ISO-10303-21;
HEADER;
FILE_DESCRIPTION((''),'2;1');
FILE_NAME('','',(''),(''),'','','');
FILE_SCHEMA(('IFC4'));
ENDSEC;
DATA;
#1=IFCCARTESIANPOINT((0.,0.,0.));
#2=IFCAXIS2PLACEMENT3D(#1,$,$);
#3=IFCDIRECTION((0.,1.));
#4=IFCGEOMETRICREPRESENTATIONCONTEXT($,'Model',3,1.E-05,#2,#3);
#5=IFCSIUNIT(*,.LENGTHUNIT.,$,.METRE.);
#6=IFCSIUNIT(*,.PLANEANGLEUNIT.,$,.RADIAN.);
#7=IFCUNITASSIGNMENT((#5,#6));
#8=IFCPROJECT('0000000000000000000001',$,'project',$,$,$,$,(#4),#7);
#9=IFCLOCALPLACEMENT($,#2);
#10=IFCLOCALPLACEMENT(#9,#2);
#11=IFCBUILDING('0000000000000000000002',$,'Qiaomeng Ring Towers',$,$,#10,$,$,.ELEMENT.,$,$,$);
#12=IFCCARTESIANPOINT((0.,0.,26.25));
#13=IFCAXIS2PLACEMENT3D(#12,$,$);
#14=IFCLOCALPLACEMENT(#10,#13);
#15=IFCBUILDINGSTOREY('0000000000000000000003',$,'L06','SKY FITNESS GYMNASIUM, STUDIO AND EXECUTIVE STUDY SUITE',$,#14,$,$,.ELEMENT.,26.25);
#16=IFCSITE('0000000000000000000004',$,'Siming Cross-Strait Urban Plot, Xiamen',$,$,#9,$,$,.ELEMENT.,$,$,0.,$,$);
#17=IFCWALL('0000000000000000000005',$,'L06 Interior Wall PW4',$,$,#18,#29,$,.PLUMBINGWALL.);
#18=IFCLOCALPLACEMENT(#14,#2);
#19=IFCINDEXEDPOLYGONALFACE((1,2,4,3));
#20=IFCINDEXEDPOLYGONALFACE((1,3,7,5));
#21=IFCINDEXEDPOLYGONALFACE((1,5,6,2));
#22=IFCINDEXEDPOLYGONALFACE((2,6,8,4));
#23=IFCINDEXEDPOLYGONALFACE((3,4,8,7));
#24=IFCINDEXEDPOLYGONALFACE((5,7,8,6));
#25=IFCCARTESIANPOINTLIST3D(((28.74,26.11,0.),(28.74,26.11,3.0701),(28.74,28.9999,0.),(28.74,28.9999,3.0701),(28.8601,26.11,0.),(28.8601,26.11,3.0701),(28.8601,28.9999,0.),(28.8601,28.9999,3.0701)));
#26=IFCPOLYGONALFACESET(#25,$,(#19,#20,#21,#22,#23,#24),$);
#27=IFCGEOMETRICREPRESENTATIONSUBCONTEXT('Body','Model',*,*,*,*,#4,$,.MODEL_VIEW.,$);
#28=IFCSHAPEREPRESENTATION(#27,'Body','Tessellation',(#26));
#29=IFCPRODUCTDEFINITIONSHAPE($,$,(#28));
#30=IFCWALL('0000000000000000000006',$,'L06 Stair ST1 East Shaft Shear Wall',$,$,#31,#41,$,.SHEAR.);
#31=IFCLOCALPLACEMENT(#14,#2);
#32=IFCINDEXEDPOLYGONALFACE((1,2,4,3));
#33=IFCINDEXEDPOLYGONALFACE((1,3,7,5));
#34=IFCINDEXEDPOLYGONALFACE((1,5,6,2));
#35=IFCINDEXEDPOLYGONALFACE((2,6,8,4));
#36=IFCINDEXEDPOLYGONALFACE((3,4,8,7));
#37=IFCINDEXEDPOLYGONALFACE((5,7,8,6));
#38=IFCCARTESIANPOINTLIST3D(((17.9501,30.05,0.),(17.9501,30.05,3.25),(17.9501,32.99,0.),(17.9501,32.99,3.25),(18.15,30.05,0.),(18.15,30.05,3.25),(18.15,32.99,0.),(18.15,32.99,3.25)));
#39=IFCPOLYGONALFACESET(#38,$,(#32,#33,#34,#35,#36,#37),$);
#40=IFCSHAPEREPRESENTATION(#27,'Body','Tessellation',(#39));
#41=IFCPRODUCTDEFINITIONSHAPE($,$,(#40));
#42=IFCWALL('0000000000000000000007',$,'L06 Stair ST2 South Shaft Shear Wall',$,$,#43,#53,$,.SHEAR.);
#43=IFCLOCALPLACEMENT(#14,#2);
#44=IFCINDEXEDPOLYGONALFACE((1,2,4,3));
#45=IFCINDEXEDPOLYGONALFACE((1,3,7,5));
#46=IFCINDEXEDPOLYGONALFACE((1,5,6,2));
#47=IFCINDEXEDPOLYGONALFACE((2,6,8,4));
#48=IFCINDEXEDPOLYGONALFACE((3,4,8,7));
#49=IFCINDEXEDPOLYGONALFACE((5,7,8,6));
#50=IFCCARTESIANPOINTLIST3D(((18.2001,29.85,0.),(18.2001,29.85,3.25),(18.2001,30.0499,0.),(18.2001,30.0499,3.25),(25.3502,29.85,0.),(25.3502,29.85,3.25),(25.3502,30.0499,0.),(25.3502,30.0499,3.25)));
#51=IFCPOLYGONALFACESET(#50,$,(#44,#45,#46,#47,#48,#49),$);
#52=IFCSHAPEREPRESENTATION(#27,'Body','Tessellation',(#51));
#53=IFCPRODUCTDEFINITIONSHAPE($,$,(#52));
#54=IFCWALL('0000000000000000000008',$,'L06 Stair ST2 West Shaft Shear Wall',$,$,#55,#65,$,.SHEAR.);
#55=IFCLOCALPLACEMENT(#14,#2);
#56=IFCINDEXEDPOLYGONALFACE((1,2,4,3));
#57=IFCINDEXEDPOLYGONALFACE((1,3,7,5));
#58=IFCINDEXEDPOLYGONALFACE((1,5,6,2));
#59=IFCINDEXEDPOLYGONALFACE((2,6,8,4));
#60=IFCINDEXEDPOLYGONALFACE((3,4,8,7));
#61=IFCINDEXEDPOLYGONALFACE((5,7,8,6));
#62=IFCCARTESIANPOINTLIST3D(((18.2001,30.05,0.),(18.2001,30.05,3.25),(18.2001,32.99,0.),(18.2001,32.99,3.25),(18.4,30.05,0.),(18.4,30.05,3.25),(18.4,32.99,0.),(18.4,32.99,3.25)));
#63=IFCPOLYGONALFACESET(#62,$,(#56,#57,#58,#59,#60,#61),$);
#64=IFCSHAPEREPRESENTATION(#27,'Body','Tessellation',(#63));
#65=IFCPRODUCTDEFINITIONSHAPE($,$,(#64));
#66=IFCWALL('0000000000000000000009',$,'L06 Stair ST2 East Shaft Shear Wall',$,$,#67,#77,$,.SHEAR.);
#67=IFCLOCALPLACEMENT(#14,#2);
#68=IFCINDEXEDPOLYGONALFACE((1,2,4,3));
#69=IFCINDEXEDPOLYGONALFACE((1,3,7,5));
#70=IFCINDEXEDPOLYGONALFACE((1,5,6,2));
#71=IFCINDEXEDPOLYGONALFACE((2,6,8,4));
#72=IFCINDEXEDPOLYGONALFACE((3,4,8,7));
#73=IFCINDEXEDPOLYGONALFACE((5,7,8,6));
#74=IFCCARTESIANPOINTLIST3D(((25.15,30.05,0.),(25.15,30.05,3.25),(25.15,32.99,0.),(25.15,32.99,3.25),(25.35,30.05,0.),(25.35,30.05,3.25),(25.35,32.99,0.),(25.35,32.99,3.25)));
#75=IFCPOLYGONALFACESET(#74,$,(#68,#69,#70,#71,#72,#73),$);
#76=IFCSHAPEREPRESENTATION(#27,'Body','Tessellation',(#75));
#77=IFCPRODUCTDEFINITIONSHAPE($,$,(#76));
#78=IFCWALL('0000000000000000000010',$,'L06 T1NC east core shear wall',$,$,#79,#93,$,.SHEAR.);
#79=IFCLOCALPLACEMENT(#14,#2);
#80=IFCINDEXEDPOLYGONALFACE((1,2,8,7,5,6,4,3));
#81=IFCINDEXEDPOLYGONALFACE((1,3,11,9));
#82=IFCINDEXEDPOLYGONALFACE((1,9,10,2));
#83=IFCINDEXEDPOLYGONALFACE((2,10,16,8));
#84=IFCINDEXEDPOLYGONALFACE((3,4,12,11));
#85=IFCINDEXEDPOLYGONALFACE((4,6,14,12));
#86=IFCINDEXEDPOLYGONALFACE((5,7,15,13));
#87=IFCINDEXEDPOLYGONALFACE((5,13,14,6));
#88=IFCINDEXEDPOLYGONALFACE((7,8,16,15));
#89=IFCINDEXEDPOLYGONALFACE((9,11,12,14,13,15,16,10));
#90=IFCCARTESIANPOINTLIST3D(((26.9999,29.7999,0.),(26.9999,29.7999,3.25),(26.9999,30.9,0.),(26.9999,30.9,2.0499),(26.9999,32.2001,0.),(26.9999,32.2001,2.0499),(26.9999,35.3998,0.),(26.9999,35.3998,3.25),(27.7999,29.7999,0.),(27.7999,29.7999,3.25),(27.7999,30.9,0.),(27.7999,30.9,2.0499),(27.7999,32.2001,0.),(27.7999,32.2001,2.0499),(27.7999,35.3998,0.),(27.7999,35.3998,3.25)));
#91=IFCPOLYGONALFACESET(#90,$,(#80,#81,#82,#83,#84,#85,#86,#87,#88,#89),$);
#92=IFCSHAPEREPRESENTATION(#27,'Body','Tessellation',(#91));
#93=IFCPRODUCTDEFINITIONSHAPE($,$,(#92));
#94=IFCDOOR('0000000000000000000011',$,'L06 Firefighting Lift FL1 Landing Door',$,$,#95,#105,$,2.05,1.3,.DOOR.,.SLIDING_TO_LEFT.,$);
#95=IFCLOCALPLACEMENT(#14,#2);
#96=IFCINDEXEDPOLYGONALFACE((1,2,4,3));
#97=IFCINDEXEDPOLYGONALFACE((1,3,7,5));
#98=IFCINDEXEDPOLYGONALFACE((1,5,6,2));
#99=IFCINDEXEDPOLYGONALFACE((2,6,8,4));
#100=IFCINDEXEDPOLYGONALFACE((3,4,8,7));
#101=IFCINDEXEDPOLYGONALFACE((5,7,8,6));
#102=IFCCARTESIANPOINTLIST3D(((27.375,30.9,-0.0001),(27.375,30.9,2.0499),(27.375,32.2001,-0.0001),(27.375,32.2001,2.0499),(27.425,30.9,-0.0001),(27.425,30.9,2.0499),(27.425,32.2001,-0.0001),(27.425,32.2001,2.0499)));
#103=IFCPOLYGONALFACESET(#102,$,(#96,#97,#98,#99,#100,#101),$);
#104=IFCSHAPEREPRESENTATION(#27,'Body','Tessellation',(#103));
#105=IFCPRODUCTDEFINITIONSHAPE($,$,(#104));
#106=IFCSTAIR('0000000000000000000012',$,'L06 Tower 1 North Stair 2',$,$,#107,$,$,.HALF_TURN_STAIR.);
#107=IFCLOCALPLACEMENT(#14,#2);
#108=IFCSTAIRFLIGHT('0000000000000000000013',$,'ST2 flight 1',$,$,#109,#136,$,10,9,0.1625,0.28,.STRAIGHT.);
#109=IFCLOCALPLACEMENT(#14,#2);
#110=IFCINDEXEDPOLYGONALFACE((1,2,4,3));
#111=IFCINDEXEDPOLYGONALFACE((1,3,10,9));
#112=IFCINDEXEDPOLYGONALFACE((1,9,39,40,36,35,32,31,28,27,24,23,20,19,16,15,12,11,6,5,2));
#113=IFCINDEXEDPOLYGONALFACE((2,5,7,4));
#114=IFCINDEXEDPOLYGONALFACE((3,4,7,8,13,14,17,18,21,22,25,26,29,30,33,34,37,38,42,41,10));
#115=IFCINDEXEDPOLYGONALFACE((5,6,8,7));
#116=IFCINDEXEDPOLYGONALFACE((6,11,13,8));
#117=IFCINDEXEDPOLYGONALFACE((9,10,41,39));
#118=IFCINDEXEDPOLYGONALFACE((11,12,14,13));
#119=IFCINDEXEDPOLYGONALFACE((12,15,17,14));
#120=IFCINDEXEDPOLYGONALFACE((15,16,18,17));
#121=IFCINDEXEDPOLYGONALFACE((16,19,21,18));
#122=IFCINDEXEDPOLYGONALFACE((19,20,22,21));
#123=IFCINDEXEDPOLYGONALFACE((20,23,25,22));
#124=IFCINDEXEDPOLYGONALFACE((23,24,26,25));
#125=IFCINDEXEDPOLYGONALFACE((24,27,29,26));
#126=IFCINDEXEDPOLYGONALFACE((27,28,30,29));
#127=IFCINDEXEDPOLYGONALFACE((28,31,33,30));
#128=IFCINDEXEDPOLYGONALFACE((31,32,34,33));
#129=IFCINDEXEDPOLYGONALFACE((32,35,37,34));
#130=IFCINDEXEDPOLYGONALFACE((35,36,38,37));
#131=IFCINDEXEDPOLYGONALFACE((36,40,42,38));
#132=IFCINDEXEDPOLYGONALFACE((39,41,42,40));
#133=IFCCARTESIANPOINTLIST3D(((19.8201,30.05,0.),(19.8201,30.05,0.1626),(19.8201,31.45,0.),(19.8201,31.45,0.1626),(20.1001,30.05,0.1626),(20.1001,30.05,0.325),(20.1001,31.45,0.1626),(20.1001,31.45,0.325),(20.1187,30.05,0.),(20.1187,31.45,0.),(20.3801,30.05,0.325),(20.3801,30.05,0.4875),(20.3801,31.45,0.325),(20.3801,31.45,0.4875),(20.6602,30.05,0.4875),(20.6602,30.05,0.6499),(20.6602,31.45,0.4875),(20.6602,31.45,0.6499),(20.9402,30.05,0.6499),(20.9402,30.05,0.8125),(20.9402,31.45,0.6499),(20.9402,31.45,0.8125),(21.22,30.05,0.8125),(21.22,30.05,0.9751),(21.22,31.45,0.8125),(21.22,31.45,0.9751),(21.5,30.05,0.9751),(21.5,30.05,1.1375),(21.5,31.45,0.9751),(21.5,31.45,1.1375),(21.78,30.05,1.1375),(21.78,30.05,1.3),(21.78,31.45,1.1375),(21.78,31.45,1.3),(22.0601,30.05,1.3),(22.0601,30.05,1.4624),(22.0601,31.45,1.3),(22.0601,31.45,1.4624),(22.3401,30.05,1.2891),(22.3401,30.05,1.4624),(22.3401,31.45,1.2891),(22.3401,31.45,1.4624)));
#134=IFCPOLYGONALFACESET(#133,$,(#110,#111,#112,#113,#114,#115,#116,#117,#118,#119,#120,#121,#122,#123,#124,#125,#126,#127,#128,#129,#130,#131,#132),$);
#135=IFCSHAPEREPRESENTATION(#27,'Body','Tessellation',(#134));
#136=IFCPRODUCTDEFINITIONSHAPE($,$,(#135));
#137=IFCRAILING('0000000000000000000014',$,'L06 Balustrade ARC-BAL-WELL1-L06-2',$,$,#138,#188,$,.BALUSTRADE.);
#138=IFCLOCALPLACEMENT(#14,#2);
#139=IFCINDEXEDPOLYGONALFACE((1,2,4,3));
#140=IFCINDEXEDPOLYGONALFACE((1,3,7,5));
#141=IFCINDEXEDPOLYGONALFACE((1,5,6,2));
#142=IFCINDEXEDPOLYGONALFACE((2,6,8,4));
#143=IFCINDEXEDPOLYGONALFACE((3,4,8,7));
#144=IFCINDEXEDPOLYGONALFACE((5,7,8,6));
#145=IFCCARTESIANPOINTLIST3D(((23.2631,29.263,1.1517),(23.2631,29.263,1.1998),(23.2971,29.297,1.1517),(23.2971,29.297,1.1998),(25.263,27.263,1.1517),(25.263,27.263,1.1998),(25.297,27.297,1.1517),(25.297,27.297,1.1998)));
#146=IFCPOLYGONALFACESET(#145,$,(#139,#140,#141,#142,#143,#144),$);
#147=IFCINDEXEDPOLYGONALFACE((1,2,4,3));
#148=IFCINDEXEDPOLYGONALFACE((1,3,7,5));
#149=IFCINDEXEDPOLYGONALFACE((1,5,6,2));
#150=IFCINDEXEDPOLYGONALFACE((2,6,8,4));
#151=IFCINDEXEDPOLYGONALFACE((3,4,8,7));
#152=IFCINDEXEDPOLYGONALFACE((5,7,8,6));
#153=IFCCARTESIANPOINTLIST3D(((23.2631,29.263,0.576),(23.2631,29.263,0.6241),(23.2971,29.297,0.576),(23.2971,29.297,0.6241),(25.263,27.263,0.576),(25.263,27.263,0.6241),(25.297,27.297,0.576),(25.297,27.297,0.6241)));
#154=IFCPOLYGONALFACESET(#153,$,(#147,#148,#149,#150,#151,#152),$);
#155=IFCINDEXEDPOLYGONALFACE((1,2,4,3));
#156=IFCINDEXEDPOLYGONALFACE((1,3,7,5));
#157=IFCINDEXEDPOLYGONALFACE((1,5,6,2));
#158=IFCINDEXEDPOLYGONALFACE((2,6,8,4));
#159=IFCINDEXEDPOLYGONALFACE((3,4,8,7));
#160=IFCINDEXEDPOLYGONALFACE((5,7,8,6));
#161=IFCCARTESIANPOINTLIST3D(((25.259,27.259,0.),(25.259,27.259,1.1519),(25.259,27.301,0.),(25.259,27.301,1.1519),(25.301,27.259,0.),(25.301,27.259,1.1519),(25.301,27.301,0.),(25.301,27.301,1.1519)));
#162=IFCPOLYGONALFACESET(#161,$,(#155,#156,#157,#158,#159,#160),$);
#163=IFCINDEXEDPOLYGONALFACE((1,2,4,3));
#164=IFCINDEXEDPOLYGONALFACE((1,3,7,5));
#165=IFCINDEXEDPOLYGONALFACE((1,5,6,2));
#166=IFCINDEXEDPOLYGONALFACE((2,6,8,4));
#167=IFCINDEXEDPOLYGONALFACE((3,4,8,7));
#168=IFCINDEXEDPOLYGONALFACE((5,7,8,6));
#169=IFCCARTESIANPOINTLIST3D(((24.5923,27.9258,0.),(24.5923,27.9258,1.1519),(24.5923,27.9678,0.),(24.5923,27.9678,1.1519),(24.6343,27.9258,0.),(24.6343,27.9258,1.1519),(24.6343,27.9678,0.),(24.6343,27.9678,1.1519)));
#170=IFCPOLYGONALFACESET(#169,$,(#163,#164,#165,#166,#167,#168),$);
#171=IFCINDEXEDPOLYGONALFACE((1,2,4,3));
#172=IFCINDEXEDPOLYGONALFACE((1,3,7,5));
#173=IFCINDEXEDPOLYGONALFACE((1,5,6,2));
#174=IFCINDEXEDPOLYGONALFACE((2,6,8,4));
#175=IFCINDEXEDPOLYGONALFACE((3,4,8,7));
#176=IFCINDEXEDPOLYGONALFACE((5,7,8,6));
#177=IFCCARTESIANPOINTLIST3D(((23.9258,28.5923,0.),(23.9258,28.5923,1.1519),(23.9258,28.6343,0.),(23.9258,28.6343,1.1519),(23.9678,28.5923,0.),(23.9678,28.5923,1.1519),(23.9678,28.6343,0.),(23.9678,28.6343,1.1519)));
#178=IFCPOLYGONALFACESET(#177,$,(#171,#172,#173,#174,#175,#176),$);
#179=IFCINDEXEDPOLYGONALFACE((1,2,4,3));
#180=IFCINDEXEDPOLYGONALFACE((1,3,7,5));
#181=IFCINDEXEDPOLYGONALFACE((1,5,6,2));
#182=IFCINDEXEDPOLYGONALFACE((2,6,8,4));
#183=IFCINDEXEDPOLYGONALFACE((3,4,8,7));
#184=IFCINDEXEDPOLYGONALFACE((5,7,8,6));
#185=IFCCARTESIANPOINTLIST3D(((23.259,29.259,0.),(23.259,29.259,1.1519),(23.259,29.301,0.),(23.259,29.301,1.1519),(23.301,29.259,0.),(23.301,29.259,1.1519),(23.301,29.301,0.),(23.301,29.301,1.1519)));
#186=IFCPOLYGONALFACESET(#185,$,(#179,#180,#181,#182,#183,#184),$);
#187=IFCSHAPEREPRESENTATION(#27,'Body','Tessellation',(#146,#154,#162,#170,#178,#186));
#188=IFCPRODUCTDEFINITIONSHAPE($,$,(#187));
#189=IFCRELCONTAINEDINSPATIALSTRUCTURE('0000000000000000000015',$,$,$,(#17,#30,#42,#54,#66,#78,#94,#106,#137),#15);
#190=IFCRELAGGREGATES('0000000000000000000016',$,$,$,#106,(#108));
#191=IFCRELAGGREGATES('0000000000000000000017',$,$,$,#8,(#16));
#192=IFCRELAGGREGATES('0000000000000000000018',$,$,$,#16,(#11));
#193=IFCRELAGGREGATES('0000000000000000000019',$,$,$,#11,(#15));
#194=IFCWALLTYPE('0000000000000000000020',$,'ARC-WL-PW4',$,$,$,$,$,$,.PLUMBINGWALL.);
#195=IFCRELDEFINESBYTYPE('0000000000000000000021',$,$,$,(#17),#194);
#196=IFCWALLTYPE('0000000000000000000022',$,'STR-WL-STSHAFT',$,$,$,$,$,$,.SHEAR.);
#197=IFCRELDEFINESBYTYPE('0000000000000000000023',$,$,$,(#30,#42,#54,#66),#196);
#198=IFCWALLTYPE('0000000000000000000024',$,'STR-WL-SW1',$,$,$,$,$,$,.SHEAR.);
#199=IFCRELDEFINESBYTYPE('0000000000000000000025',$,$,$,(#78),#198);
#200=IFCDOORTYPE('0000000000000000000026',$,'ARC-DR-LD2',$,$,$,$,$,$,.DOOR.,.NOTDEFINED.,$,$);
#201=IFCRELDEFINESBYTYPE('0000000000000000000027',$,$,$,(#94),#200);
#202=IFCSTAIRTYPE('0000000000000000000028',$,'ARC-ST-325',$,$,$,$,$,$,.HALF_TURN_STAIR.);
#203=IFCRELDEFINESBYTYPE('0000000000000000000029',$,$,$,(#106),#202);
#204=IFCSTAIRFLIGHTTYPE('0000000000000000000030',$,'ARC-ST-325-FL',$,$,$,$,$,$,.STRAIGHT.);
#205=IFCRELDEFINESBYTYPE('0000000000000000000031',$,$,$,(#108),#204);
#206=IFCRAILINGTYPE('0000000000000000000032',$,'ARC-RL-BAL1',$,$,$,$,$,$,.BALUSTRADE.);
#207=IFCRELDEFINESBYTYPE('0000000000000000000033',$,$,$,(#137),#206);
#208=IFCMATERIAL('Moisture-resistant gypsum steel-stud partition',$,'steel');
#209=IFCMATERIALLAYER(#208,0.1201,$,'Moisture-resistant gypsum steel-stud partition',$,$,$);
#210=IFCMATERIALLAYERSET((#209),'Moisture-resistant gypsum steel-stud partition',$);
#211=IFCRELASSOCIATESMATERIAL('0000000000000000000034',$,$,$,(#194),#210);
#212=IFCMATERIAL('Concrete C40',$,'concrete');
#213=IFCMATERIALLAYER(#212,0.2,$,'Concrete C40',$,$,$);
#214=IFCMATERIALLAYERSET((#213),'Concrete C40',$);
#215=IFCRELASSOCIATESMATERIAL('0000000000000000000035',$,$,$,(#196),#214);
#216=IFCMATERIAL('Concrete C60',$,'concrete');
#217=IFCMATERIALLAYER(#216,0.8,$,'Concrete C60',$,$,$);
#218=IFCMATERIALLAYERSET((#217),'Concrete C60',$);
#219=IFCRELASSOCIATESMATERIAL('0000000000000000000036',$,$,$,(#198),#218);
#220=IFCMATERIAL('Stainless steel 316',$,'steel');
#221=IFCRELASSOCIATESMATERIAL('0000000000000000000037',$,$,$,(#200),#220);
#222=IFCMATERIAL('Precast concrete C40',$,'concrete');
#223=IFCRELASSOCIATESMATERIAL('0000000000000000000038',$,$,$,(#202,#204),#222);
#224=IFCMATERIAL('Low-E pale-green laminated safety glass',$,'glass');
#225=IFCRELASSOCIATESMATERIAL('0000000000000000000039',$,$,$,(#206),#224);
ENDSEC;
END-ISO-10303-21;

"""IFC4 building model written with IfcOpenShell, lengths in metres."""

from ifc_helpers import new_model, si_unit, direction, frame, frame_2d, origin, origin_2d, place, context, subcontext, project, spatial, polyline, rectangle, outline, extrude, source, transform, mapped, material, layer, layer_set, type_object, element, fill, aggregate, save


model = new_model("IFC4")

# Units and contexts
model_context = context("Model", 3, precision=1e-05, world=origin(), true_north=direction((0.0, 1.0)))
body_context = subcontext(model_context, "Body", "Model", "MODEL_VIEW")
ifc_project = project(units=[si_unit("LENGTHUNIT", "METRE"), si_unit("PLANEANGLEUNIT", "RADIAN")], contexts=[model_context])

# Site, building, storey
site_placement = place(None, origin())
site = spatial("IfcSite", under=ifc_project, at=site_placement, Name="Siming Cross-Strait Urban Plot, Xiamen", CompositionType="ELEMENT", RefElevation=0.0)
building_placement = place(site_placement, origin())
building = spatial("IfcBuilding", under=site, at=building_placement, Name="Qiaomeng Ring Towers", CompositionType="ELEMENT")
storey_placement = place(building_placement, frame((0.0, 0.0, 26.25)))
storey = spatial("IfcBuildingStorey", under=building, at=storey_placement, Name="L06", Description="SKY FITNESS GYMNASIUM, STUDIO AND EXECUTIVE STUDY SUITE", CompositionType="ELEMENT", Elevation=26.25)

# Shared definitions
ifc_material_1 = material(Name="Moisture-resistant gypsum steel-stud partition", Category="steel")
ifc_layer_1 = layer(ifc_material_1, 0.1201, Name="Moisture-resistant gypsum steel-stud partition")
ifc_layer_set_1 = layer_set([ifc_layer_1], Name="Moisture-resistant gypsum steel-stud partition")
wall_type_1 = type_object("IfcWallType", Name="ARC-WL-PW4", PredefinedType="PLUMBINGWALL", material=ifc_layer_set_1)

# Walls
wall_1_placement = place(storey_placement, frame((28.8, 26.1101, 0.0), z_axis=(0.0, 0.0, 1.0), x_axis=(0.0, 1.0, 0.0)))
element("IfcWall", 1, at=wall_1_placement, inside=storey, type_object=wall_type_1, Name="L06 Interior Wall PW4", PredefinedType="PLUMBINGWALL", context=body_context, shape_type="SweptSolid", body=[
    extrude(rectangle(XDim=2.8899, YDim=0.1201, at=frame_2d((1.4448, 0.0))), origin(), (0.0, 0.0, 1.0), 3.0701),
])
ifc_material_2 = material(Name="Concrete C40", Category="concrete")
ifc_layer_2 = layer(ifc_material_2, 0.2, Name="Concrete C40")
ifc_layer_set_2 = layer_set([ifc_layer_2], Name="Concrete C40")
wall_type_2 = type_object("IfcWallType", Name="STR-WL-STSHAFT", PredefinedType="SHEAR", material=ifc_layer_set_2)
wall_2_placement = place(storey_placement, frame((18.05, 30.05, 0.0), z_axis=(0.0, 0.0, 1.0), x_axis=(0.0, 1.0, 0.0)))
element("IfcWall", 2, at=wall_2_placement, inside=storey, type_object=wall_type_2, Name="L06 Stair ST1 East Shaft Shear Wall", PredefinedType="SHEAR", context=body_context, shape_type="SweptSolid", body=[
    extrude(rectangle(XDim=2.9399, YDim=0.2, at=frame_2d((1.47, 0.0))), origin(), (0.0, 0.0, 1.0), 3.25),
])
wall_3_placement = place(storey_placement, frame((18.2, 29.95, 0.0), z_axis=(0.0, 0.0, 1.0), x_axis=(1.0, 0.0, 0.0)))
element("IfcWall", 3, at=wall_3_placement, inside=storey, type_object=wall_type_2, Name="L06 Stair ST2 South Shaft Shear Wall", PredefinedType="SHEAR", context=body_context, shape_type="SweptSolid", body=[
    extrude(rectangle(XDim=7.1501, YDim=0.2, at=frame_2d((3.5752, 0.0))), origin(), (0.0, 0.0, 1.0), 3.25),
])
for number, where, z_axis, x_axis, name in (
    (4, (18.3, 30.05, 0.0), (0.0, 0.0, 1.0), (0.0, 1.0, 0.0), "L06 Stair ST2 West Shaft Shear Wall"),
    (5, (25.25, 30.05, 0.0), (0.0, 0.0, 1.0), (0.0, 1.0, 0.0), "L06 Stair ST2 East Shaft Shear Wall"),
):
    element("IfcWall", number, at=place(storey_placement, frame(where, z_axis=z_axis, x_axis=x_axis)), inside=storey, type_object=wall_type_2, Name=name, PredefinedType="SHEAR", context=body_context, shape_type="SweptSolid", body=[
        extrude(rectangle(XDim=2.9399, YDim=0.2, at=frame_2d((1.47, 0.0))), origin(), (0.0, 0.0, 1.0), 3.25),
    ])

# Wall, opening, door
ifc_material_3 = material(Name="Concrete C60", Category="concrete")
ifc_layer_3 = layer(ifc_material_3, 0.8, Name="Concrete C60")
ifc_layer_set_3 = layer_set([ifc_layer_3], Name="Concrete C60")
wall_type_3 = type_object("IfcWallType", Name="STR-WL-SW1", PredefinedType="SHEAR", material=ifc_layer_set_3)
wall_4_placement = place(storey_placement, frame((27.3999, 29.8, 0.0), z_axis=(0.0, 0.0, 1.0), x_axis=(0.0, 1.0, 0.0)))
wall_4 = element("IfcWall", 6, at=wall_4_placement, inside=storey, type_object=wall_type_3, Name="L06 T1NC east core shear wall", PredefinedType="SHEAR", context=body_context, shape_type="SweptSolid", body=[
    extrude(rectangle(XDim=5.5999, YDim=0.8, at=frame_2d((2.7998, 0.0))), origin(), (0.0, 0.0, 1.0), 3.25),
])
opening_1_placement = place(wall_4_placement, frame((1.1001, 0.0, 0.0)))
opening_1 = element("IfcOpeningElement", 7, at=opening_1_placement, cuts=wall_4, PredefinedType="OPENING", context=body_context, shape_type="SweptSolid", body=[
    extrude(rectangle(XDim=1.3, YDim=2.05, at=frame_2d((0.6499, 1.0249))), frame((0.0, 0.4099, 0.0), z_axis=(0.0, -1.0, 0.0), x_axis=(1.0, 0.0, 0.0)), (0.0, 0.0, 1.0), 0.8201),
])
ifc_material_4 = material(Name="Stainless steel 316", Category="steel")
door_type_1 = type_object("IfcDoorType", Name="ARC-DR-LD2", OperationType="NOTDEFINED", PredefinedType="DOOR", material=ifc_material_4)
shared_shape_1 = source(origin(), body_context, "Body", "SweptSolid", [
    extrude(rectangle(XDim=1.3, YDim=2.05, at=frame_2d((0.6499, 1.0249))), frame((0.0, 0.0249, 0.0), z_axis=(0.0, -1.0, 0.0), x_axis=(1.0, 0.0, 0.0)), (0.0, 0.0, 1.0), 0.05),
])
door_1_placement = place(opening_1_placement, origin())
door_1 = element("IfcDoor", 8, at=door_1_placement, inside=storey, type_object=door_type_1, Name="L06 Firefighting Lift FL1 Landing Door", OperationType="SLIDING_TO_LEFT", OverallHeight=2.05, OverallWidth=1.3, PredefinedType="DOOR", context=body_context, shape_type="MappedRepresentation", body=[
    mapped(shared_shape_1, transform((0.0, 0.0, 0.0), x_axis=(1.0, 0.0, 0.0), y_axis=(0.0, 1.0, 0.0), z_axis=(0.0, 0.0, 1.0), scale=1.0)),
])
fill(opening_1, door_1)

# Stair, stair flight
ifc_material_5 = material(Name="Precast concrete C40", Category="concrete")
stair_type = type_object("IfcStairType", Name="ARC-ST-325", PredefinedType="HALF_TURN_STAIR", material=ifc_material_5)
stair_placement = place(storey_placement, origin())
stair = element("IfcStair", 9, at=stair_placement, inside=storey, type_object=stair_type, Name="L06 Tower 1 North Stair 2", PredefinedType="HALF_TURN_STAIR")
stair_flight_type = type_object("IfcStairFlightType", Name="ARC-ST-325-FL", PredefinedType="STRAIGHT", material=ifc_material_5)
shared_shape_2 = source(origin(), body_context, "Body", "SweptSolid", [
    extrude(outline(polyline([(0.0, 0.0), (0.0, 0.1626), (0.28, 0.1626), (0.28, 0.325), (0.5601, 0.325), (0.5601, 0.4875), (0.8401, 0.4875), (0.8401, 0.6499), (1.1201, 0.6499), (1.1201, 0.8125), (1.3999, 0.8125), (1.3999, 0.9751), (1.6799, 0.9751), (1.6799, 1.1375), (1.96, 1.1375), (1.96, 1.3), (2.24, 1.3), (2.24, 1.4624), (2.52, 1.4624), (2.52, 1.625), (2.52, 1.2891), (0.2986, 0.0), (0.0, 0.0)])), frame((0.0, 0.7, 0.0), z_axis=(0.0, -1.0, 0.0), x_axis=(1.0, 0.0, 0.0)), (0.0, 0.0, 1.0), 1.3999),
])
stair_flight_placement = place(storey_placement, frame((19.8201, 30.75, 0.0), z_axis=(0.0, 0.0, 1.0), x_axis=(1.0, 0.0, 0.0)))
stair_flight = element("IfcStairFlight", 10, at=stair_flight_placement, type_object=stair_flight_type, Name="ST2 flight 1", NumberOfRisers=10, NumberOfTreads=9, PredefinedType="STRAIGHT", RiserHeight=0.1625, TreadLength=0.28, context=body_context, shape_type="MappedRepresentation", body=[
    mapped(shared_shape_2, transform((0.0, 0.0, 0.0), x_axis=(1.0, 0.0, 0.0), y_axis=(0.0, 1.0, 0.0), z_axis=(0.0, 0.0, 1.0), scale=1.0)),
])
aggregate(stair, [stair_flight])

# Railing
ifc_material_6 = material(Name="Low-E pale-green laminated safety glass", Category="glass")
railing_type_1 = type_object("IfcRailingType", Name="ARC-RL-BAL1", PredefinedType="BALUSTRADE", material=ifc_material_6)
railing_1_placement = place(storey_placement, frame((25.28, 27.28, 0.0)))
element("IfcRailing", 11, at=railing_1_placement, inside=storey, type_object=railing_type_1, Name="L06 Balustrade ARC-BAL-WELL1-L06-2", PredefinedType="BALUSTRADE", context=body_context, shape_type="SweptSolid", body=[
    extrude(rectangle(XDim=0.0481, YDim=0.0481, at=origin_2d()), frame((0.0, 0.0, 1.1758), z_axis=(-0.707107, 0.707107, 0.0), x_axis=(-0.707107, -0.707107, 0.0)), (0.0, 0.0, 1.0), 2.8284),
    extrude(rectangle(XDim=0.0481, YDim=0.0481, at=origin_2d()), frame((0.0, 0.0, 0.6001), z_axis=(-0.707107, 0.707107, 0.0), x_axis=(-0.707107, -0.707107, 0.0)), (0.0, 0.0, 1.0), 2.8284),
    extrude(rectangle(XDim=0.042, YDim=0.042, at=origin_2d()), origin(), (0.0, 0.0, 1.0), 1.1519),
    extrude(rectangle(XDim=0.042, YDim=0.042, at=origin_2d()), frame((-0.6667, 0.6667, 0.0)), (0.0, 0.0, 1.0), 1.1519),
    extrude(rectangle(XDim=0.042, YDim=0.042, at=origin_2d()), frame((-1.3333, 1.3333, 0.0)), (0.0, 0.0, 1.0), 1.1519),
    extrude(rectangle(XDim=0.042, YDim=0.042, at=origin_2d()), frame((-2.0, 2.0, 0.0)), (0.0, 0.0, 1.0), 1.1519),
])

save(model, "model.ifc")
